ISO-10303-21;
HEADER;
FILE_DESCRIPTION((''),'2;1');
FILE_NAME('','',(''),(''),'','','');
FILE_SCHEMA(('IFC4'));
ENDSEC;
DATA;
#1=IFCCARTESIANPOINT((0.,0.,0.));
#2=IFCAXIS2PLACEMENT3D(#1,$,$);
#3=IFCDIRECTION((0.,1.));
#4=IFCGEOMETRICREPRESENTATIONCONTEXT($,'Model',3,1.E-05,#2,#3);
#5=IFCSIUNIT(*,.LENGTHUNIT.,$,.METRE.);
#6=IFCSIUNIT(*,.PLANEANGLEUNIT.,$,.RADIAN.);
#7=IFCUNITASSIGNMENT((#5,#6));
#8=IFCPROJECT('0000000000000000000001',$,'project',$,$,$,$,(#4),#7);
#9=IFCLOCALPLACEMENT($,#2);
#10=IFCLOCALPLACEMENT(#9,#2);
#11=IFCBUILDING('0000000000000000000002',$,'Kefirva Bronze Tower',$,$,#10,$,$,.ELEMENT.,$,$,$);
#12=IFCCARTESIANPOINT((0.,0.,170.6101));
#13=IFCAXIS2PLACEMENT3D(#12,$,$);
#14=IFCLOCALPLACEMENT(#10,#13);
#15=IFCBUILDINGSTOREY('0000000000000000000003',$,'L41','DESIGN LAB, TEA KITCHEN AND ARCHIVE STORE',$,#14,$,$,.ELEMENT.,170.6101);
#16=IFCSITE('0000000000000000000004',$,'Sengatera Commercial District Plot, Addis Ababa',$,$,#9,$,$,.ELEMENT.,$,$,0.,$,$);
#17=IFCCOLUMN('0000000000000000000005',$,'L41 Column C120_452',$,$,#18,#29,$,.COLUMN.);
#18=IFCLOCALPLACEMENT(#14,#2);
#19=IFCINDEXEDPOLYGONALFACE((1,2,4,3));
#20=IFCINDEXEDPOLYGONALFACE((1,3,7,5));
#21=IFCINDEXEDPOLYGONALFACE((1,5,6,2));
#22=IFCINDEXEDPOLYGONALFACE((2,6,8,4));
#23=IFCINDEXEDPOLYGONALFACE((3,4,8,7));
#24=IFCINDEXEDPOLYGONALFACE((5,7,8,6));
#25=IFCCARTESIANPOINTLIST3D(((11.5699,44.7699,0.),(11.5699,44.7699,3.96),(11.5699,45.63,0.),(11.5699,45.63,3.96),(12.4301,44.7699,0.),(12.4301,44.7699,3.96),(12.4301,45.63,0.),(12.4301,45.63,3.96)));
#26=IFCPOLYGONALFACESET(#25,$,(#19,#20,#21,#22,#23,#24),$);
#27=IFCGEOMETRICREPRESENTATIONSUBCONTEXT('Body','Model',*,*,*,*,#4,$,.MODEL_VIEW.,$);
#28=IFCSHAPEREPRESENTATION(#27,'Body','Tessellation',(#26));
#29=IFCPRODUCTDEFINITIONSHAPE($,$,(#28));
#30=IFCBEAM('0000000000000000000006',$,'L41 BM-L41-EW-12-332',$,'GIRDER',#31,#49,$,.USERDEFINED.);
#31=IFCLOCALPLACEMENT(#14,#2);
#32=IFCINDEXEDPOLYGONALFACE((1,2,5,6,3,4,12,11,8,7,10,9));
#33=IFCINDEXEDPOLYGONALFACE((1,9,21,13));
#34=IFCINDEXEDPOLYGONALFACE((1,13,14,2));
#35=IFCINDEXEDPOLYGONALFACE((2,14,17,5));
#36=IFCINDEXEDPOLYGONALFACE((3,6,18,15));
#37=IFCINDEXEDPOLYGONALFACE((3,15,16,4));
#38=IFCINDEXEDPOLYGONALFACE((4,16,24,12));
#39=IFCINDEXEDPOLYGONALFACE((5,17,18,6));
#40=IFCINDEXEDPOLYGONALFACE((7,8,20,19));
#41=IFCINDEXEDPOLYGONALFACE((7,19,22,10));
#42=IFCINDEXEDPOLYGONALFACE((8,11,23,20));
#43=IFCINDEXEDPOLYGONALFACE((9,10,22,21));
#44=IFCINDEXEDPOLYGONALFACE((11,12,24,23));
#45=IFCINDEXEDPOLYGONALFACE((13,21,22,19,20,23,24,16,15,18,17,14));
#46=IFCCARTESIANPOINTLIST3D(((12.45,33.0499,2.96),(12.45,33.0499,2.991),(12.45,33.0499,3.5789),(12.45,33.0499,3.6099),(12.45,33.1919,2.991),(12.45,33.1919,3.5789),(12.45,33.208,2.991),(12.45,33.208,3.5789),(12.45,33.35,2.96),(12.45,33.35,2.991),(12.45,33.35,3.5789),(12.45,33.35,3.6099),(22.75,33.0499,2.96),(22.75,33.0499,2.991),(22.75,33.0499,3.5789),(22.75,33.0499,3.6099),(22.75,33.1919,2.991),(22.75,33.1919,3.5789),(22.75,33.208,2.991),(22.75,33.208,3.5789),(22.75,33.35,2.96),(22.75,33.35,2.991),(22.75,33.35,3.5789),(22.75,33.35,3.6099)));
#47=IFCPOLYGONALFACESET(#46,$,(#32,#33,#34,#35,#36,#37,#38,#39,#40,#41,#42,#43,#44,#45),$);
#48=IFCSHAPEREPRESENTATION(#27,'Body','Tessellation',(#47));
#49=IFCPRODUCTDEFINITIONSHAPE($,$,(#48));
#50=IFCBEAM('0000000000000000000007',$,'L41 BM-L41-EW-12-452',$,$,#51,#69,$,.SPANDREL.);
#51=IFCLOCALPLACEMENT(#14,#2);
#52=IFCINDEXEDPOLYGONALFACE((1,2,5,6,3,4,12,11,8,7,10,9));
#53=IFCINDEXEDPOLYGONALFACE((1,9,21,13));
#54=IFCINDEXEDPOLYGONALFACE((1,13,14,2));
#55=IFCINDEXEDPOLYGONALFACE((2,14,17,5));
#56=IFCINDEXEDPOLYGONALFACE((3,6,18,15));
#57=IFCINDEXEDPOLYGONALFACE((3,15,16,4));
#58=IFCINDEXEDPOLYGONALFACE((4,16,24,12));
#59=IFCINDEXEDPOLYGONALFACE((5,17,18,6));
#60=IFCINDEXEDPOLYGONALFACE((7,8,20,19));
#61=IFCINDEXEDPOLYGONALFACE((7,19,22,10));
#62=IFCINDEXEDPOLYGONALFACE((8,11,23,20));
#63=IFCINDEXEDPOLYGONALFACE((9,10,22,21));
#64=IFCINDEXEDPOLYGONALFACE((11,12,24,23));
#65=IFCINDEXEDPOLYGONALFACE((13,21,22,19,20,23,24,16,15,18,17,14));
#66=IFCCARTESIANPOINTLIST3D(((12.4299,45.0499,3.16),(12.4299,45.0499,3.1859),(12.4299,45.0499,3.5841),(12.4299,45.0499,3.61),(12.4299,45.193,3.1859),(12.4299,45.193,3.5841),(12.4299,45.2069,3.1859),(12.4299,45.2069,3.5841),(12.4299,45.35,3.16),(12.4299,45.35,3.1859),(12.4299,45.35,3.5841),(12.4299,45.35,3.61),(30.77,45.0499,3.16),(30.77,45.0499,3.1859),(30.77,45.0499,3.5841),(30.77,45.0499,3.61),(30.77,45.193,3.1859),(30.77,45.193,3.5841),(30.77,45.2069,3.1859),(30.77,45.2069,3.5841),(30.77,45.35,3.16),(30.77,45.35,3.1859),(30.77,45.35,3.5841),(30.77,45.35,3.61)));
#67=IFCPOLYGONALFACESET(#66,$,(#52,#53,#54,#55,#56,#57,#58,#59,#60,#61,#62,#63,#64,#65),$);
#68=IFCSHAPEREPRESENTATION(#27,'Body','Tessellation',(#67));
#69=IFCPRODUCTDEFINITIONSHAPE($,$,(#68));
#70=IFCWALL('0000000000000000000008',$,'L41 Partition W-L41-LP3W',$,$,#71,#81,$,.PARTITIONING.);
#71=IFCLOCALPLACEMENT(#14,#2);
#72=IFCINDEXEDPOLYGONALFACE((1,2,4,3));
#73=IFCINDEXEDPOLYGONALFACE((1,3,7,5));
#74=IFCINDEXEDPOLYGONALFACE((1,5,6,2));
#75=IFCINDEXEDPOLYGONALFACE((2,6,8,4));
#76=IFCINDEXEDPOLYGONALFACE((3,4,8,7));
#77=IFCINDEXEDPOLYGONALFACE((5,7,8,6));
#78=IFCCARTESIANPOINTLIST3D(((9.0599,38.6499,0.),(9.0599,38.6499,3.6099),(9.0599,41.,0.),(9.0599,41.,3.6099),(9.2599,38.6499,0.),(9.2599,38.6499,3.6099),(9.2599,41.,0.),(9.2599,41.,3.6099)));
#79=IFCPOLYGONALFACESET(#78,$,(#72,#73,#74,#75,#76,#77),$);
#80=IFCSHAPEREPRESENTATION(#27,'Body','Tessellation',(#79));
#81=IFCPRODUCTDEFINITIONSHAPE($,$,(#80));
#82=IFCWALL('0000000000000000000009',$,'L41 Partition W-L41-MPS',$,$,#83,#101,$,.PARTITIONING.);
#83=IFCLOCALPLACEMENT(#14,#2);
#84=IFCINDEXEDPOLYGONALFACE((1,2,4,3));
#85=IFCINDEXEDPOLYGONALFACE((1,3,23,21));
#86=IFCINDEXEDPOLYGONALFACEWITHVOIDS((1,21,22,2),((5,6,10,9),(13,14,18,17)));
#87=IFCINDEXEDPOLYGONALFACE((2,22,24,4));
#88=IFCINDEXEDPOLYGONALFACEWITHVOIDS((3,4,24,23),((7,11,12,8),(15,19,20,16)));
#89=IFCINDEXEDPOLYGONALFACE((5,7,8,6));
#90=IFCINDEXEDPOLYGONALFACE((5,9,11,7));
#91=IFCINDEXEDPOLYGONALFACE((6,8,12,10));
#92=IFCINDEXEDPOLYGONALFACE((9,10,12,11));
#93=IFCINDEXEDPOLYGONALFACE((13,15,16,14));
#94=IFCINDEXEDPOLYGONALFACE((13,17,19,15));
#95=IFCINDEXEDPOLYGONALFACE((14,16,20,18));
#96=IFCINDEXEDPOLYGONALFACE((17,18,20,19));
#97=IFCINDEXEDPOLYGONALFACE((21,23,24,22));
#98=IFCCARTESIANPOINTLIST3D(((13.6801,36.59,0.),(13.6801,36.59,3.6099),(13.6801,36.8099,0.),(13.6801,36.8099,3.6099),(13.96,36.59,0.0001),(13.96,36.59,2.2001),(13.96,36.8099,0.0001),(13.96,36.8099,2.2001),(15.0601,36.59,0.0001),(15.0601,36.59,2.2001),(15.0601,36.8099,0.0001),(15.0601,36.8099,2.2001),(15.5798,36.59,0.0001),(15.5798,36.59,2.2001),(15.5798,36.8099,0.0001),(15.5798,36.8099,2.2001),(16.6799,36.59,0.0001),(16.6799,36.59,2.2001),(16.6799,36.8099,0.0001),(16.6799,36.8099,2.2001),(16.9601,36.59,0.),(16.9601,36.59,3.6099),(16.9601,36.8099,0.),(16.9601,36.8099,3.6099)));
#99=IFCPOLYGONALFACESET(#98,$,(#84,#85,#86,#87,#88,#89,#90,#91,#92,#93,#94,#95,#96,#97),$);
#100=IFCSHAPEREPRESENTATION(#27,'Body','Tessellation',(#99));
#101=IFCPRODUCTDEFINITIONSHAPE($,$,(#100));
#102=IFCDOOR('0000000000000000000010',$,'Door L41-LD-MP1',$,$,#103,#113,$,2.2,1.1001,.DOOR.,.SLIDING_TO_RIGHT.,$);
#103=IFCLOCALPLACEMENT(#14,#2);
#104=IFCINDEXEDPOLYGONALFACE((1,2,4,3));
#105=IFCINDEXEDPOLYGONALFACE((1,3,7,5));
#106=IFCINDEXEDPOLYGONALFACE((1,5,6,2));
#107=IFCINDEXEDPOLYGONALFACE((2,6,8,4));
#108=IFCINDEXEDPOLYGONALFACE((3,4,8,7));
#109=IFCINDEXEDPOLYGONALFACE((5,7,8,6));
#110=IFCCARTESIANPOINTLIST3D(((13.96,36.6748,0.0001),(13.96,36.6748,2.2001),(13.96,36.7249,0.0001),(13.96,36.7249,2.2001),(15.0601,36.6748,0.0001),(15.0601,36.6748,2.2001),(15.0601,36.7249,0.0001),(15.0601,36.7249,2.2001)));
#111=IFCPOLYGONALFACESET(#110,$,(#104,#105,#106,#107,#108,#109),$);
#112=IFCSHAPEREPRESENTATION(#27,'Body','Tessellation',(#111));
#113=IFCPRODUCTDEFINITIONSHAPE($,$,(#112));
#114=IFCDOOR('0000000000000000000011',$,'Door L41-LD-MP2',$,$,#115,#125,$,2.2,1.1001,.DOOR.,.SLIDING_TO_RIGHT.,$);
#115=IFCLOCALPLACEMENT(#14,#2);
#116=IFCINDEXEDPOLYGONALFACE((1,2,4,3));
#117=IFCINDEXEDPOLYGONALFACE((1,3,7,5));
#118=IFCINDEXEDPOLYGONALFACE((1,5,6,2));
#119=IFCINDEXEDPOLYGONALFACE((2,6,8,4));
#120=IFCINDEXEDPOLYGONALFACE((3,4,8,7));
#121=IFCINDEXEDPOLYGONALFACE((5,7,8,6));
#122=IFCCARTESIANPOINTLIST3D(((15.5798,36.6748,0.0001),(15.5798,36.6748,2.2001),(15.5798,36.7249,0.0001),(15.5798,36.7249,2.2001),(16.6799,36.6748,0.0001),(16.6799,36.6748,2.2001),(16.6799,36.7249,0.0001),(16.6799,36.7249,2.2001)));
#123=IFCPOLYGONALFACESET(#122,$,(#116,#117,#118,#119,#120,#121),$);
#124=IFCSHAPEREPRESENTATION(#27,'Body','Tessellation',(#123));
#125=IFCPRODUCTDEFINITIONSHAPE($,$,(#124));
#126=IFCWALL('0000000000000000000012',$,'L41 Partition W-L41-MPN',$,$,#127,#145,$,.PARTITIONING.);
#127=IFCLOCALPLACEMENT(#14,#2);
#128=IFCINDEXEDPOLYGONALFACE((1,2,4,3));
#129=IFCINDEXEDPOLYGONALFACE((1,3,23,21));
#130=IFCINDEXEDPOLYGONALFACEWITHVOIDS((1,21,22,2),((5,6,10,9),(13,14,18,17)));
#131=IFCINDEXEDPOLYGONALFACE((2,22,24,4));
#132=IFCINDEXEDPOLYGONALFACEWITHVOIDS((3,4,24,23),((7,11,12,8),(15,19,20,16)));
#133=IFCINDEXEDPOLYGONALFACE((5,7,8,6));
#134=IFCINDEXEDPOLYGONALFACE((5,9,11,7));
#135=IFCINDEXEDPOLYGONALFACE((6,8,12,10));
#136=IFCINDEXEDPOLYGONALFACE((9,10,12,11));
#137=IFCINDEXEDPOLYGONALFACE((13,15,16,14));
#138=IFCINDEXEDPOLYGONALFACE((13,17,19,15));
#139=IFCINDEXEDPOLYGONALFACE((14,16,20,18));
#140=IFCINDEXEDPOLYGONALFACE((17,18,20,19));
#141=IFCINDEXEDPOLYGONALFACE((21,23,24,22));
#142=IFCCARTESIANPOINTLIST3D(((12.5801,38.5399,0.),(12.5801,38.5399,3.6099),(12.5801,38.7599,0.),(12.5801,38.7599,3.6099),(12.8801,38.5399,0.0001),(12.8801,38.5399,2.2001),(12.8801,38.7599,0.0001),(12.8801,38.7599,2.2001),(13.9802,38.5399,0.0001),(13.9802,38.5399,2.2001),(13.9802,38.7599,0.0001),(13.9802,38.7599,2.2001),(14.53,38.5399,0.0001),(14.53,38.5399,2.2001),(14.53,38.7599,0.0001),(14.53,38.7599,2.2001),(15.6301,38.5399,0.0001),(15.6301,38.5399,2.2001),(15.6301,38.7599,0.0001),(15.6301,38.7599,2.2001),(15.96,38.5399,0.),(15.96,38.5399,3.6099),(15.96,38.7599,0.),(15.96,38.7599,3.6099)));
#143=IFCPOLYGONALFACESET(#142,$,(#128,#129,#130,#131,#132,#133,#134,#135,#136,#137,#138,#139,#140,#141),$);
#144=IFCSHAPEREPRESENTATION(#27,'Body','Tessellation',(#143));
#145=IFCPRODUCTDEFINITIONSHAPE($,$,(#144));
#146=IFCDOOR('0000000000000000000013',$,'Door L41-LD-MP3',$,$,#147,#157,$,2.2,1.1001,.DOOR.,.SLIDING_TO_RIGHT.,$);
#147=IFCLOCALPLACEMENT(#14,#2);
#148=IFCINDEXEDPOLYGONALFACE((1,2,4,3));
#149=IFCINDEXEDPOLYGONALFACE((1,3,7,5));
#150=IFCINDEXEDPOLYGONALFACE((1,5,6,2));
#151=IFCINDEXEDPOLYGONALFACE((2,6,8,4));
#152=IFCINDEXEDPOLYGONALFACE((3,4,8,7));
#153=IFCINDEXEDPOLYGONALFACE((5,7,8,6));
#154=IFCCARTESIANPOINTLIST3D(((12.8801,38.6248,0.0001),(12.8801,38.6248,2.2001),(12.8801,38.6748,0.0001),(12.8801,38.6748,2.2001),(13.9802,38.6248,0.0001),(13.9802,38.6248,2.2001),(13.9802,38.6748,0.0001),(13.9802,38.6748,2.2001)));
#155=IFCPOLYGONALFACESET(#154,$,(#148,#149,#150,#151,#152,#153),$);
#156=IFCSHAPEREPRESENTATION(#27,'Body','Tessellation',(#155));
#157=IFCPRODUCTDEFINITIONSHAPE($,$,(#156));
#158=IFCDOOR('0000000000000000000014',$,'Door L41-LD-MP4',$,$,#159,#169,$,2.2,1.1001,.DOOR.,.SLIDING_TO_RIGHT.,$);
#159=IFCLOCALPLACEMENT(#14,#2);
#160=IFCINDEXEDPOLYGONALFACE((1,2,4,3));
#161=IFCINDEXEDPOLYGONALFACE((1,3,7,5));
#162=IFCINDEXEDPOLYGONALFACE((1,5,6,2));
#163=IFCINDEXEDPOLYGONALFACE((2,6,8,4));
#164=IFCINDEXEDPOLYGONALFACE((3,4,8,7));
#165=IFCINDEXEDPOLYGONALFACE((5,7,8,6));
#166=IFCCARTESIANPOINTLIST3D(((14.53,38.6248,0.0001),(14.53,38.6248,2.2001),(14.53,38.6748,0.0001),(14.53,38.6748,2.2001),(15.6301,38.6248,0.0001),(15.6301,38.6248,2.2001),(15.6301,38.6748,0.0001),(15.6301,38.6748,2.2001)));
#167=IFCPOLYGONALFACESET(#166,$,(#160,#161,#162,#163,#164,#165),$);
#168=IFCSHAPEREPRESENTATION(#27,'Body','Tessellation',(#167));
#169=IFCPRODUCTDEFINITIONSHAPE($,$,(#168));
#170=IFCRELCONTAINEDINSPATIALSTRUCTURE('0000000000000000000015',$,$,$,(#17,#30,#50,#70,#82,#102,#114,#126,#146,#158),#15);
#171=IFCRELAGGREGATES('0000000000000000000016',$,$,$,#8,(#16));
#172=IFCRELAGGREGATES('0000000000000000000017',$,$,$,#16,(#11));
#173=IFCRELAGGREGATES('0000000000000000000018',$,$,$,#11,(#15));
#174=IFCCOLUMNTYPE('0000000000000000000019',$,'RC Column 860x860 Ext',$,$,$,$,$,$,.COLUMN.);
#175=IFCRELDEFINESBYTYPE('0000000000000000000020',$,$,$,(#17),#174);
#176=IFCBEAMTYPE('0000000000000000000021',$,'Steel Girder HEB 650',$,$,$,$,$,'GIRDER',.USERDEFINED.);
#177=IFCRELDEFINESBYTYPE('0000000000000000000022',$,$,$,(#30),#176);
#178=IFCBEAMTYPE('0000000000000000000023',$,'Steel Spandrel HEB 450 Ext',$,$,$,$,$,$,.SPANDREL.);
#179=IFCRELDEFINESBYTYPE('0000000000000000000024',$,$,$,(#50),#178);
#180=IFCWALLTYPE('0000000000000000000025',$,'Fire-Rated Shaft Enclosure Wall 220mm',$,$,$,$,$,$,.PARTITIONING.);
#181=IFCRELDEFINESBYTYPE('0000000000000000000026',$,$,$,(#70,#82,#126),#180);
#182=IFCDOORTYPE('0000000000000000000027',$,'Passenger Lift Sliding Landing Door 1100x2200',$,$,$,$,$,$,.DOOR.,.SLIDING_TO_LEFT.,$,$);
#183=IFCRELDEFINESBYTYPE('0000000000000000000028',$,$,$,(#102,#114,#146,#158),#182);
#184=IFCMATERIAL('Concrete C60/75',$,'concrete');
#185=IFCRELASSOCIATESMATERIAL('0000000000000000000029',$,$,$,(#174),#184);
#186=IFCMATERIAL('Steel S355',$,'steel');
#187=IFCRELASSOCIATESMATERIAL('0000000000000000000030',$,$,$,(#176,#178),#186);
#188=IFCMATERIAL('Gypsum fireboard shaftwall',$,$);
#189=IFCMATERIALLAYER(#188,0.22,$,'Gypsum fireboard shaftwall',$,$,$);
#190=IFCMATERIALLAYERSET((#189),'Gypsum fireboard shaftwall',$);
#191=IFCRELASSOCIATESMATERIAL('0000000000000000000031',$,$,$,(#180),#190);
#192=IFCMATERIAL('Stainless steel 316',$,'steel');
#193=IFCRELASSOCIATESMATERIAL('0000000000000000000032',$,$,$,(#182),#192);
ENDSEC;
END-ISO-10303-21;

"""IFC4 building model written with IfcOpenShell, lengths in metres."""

from ifc_helpers import new_model, si_unit, direction, frame, frame_2d, origin, origin_2d, place, context, subcontext, project, spatial, rectangle, i_section, extrude, material, layer, layer_set, material_profile, profile_set, type_object, element, fill, save


model = new_model("IFC4")

# Units and contexts
model_context = context("Model", 3, precision=1e-05, world=origin(), true_north=direction((0.0, 1.0)))
body_context = subcontext(model_context, "Body", "Model", "MODEL_VIEW")
ifc_project = project(units=[si_unit("LENGTHUNIT", "METRE"), si_unit("PLANEANGLEUNIT", "RADIAN")], contexts=[model_context])

# Site, building, storey
site_placement = place(None, origin())
site = spatial("IfcSite", under=ifc_project, at=site_placement, Name="Sengatera Commercial District Plot, Addis Ababa", CompositionType="ELEMENT", RefElevation=0.0)
building_placement = place(site_placement, origin())
building = spatial("IfcBuilding", under=site, at=building_placement, Name="Kefirva Bronze Tower", CompositionType="ELEMENT")
storey_placement = place(building_placement, frame((0.0, 0.0, 170.6101)))
storey = spatial("IfcBuildingStorey", under=building, at=storey_placement, Name="L41", Description="DESIGN LAB, TEA KITCHEN AND ARCHIVE STORE", CompositionType="ELEMENT", Elevation=170.6101)

# Column
ifc_material_1 = material(Name="Concrete C60/75", Category="concrete")
ifc_material_profile_1 = material_profile(ifc_material_1, rectangle(XDim=0.8601, YDim=0.8601, at=origin_2d()), Name="RC 860x860")
ifc_profile_set_1 = profile_set([ifc_material_profile_1], Name="Concrete C60/75")
column_type = type_object("IfcColumnType", Name="RC Column 860x860 Ext", PredefinedType="COLUMN", material=ifc_profile_set_1)
column_placement = place(storey_placement, frame((12.0, 45.2, 0.0), z_axis=(0.0, 0.0, 1.0), x_axis=(1.0, 0.0, 0.0)))
element("IfcColumn", 1, at=column_placement, inside=storey, type_object=column_type, Name="L41 Column C120_452", PredefinedType="COLUMN", context=body_context, shape_type="SweptSolid", body=[
    extrude(rectangle(XDim=0.8601, YDim=0.8601, at=origin_2d()), origin(), (0.0, 0.0, 1.0), 3.96),
])

# Beams
ifc_material_2 = material(Name="Steel S355", Category="steel")
ifc_material_profile_2 = material_profile(ifc_material_2, i_section(OverallWidth=0.3, OverallDepth=0.6499, WebThickness=0.0161, FlangeThickness=0.031, at=origin_2d()), Name="HEB 650")
ifc_profile_set_2 = profile_set([ifc_material_profile_2], Name="Steel S355")
beam_type_1 = type_object("IfcBeamType", Name="Steel Girder HEB 650", ElementType="GIRDER", PredefinedType="USERDEFINED", material=ifc_profile_set_2)
beam_1_placement = place(storey_placement, frame((12.45, 33.2, 3.2849), z_axis=(1.0, 0.0, 0.0), x_axis=(0.0, 1.0, 0.0)))
element("IfcBeam", 2, at=beam_1_placement, inside=storey, type_object=beam_type_1, Name="L41 BM-L41-EW-12-332", ObjectType="GIRDER", PredefinedType="USERDEFINED", context=body_context, shape_type="SweptSolid", body=[
    extrude(i_section(OverallWidth=0.3, OverallDepth=0.6499, WebThickness=0.0161, FlangeThickness=0.031, at=origin_2d()), origin(), (0.0, 0.0, 1.0), 10.3),
])
ifc_material_profile_3 = material_profile(ifc_material_2, i_section(OverallWidth=0.3, OverallDepth=0.45, WebThickness=0.0139, FlangeThickness=0.0259, at=origin_2d()), Name="HEB 450")
ifc_profile_set_3 = profile_set([ifc_material_profile_3], Name="Steel S355")
beam_type_2 = type_object("IfcBeamType", Name="Steel Spandrel HEB 450 Ext", PredefinedType="SPANDREL", material=ifc_profile_set_3)
beam_2_placement = place(storey_placement, frame((12.4299, 45.2, 3.385), z_axis=(1.0, 0.0, 0.0), x_axis=(0.0, 1.0, 0.0)))
element("IfcBeam", 3, at=beam_2_placement, inside=storey, type_object=beam_type_2, Name="L41 BM-L41-EW-12-452", PredefinedType="SPANDREL", context=body_context, shape_type="SweptSolid", body=[
    extrude(i_section(OverallWidth=0.3, OverallDepth=0.45, WebThickness=0.0139, FlangeThickness=0.0259, at=origin_2d()), origin(), (0.0, 0.0, 1.0), 18.3401),
])

# Wall
ifc_material_3 = material(Name="Gypsum fireboard shaftwall")
ifc_layer_1 = layer(ifc_material_3, 0.22, Name="Gypsum fireboard shaftwall")
ifc_layer_set_1 = layer_set([ifc_layer_1], Name="Gypsum fireboard shaftwall")
wall_type_1 = type_object("IfcWallType", Name="Fire-Rated Shaft Enclosure Wall 220mm", PredefinedType="PARTITIONING", material=ifc_layer_set_1)
wall_1_placement = place(storey_placement, frame((9.1599, 38.6499, 0.0), z_axis=(0.0, 0.0, 1.0), x_axis=(0.0, 1.0, 0.0)))
element("IfcWall", 4, at=wall_1_placement, inside=storey, type_object=wall_type_1, Name="L41 Partition W-L41-LP3W", PredefinedType="PARTITIONING", context=body_context, shape_type="SweptSolid", body=[
    extrude(rectangle(XDim=2.3501, YDim=0.2, at=frame_2d((1.175, 0.0))), origin(), (0.0, 0.0, 1.0), 3.6099),
])

# Walls, openings, doors
wall_2_placement = place(storey_placement, frame((13.6799, 36.7, 0.0), z_axis=(0.0, 0.0, 1.0), x_axis=(1.0, 0.0, 0.0)))
wall_2 = element("IfcWall", 5, at=wall_2_placement, inside=storey, type_object=wall_type_1, Name="L41 Partition W-L41-MPS", PredefinedType="PARTITIONING", context=body_context, shape_type="SweptSolid", body=[
    extrude(rectangle(XDim=3.28, YDim=0.22, at=frame_2d((1.6401, 0.0))), origin(), (0.0, 0.0, 1.0), 3.6099),
])
opening_1_placement = place(wall_2_placement, frame((0.28, 0.0, 0.0)))
opening_1 = element("IfcOpeningElement", 6, at=opening_1_placement, cuts=wall_2, PredefinedType="OPENING", context=body_context, shape_type="SweptSolid", body=[
    extrude(rectangle(XDim=1.1001, YDim=2.2, at=frame_2d((0.55, 1.1001))), frame((0.0, 0.1201, 0.0), z_axis=(0.0, -1.0, 0.0), x_axis=(1.0, 0.0, 0.0)), (0.0, 0.0, 1.0), 0.24),
])
opening_2_placement = place(wall_2_placement, frame((1.8999, 0.0, 0.0)))
opening_2 = element("IfcOpeningElement", 7, at=opening_2_placement, cuts=wall_2, PredefinedType="OPENING", context=body_context, shape_type="SweptSolid", body=[
    extrude(rectangle(XDim=1.1001, YDim=2.2, at=frame_2d((0.55, 1.1001))), frame((0.0, 0.1201, 0.0), z_axis=(0.0, -1.0, 0.0), x_axis=(1.0, 0.0, 0.0)), (0.0, 0.0, 1.0), 0.24),
])
ifc_material_4 = material(Name="Stainless steel 316", Category="steel")
door_type_1 = type_object("IfcDoorType", Name="Passenger Lift Sliding Landing Door 1100x2200", OperationType="SLIDING_TO_LEFT", PredefinedType="DOOR", material=ifc_material_4)
door_1_placement = place(opening_1_placement, origin())
door_1 = element("IfcDoor", 8, at=door_1_placement, inside=storey, type_object=door_type_1, Name="Door L41-LD-MP1", OperationType="SLIDING_TO_RIGHT", OverallHeight=2.2, OverallWidth=1.1001, PredefinedType="DOOR", context=body_context, shape_type="SweptSolid", body=[
    extrude(rectangle(XDim=1.1001, YDim=2.2, at=frame_2d((0.55, 1.1001))), frame((0.0, 0.0249, 0.0), z_axis=(0.0, -1.0, 0.0), x_axis=(1.0, 0.0, 0.0)), (0.0, 0.0, 1.0), 0.05),
])
fill(opening_1, door_1)
door_2_placement = place(opening_2_placement, origin())
door_2 = element("IfcDoor", 9, at=door_2_placement, inside=storey, type_object=door_type_1, Name="Door L41-LD-MP2", OperationType="SLIDING_TO_RIGHT", OverallHeight=2.2, OverallWidth=1.1001, PredefinedType="DOOR", context=body_context, shape_type="SweptSolid", body=[
    extrude(rectangle(XDim=1.1001, YDim=2.2, at=frame_2d((0.55, 1.1001))), frame((0.0, 0.0249, 0.0), z_axis=(0.0, -1.0, 0.0), x_axis=(1.0, 0.0, 0.0)), (0.0, 0.0, 1.0), 0.05),
])
fill(opening_2, door_2)
wall_3_placement = place(storey_placement, frame((12.5801, 38.6499, 0.0), z_axis=(0.0, 0.0, 1.0), x_axis=(1.0, 0.0, 0.0)))
wall_3 = element("IfcWall", 10, at=wall_3_placement, inside=storey, type_object=wall_type_1, Name="L41 Partition W-L41-MPN", PredefinedType="PARTITIONING", context=body_context, shape_type="SweptSolid", body=[
    extrude(rectangle(XDim=3.3799, YDim=0.22, at=frame_2d((1.6899, 0.0))), origin(), (0.0, 0.0, 1.0), 3.6099),
])
opening_3_placement = place(wall_3_placement, frame((0.3, 0.0, 0.0)))
opening_3 = element("IfcOpeningElement", 11, at=opening_3_placement, cuts=wall_3, PredefinedType="OPENING", context=body_context, shape_type="SweptSolid", body=[
    extrude(rectangle(XDim=1.1001, YDim=2.2, at=frame_2d((0.55, 1.1001))), frame((0.0, 0.1201, 0.0), z_axis=(0.0, -1.0, 0.0), x_axis=(1.0, 0.0, 0.0)), (0.0, 0.0, 1.0), 0.24),
])
opening_4_placement = place(wall_3_placement, frame((1.95, 0.0, 0.0)))
opening_4 = element("IfcOpeningElement", 12, at=opening_4_placement, cuts=wall_3, PredefinedType="OPENING", context=body_context, shape_type="SweptSolid", body=[
    extrude(rectangle(XDim=1.1001, YDim=2.2, at=frame_2d((0.55, 1.1001))), frame((0.0, 0.1201, 0.0), z_axis=(0.0, -1.0, 0.0), x_axis=(1.0, 0.0, 0.0)), (0.0, 0.0, 1.0), 0.24),
])
door_3_placement = place(opening_3_placement, origin())
door_3 = element("IfcDoor", 13, at=door_3_placement, inside=storey, type_object=door_type_1, Name="Door L41-LD-MP3", OperationType="SLIDING_TO_RIGHT", OverallHeight=2.2, OverallWidth=1.1001, PredefinedType="DOOR", context=body_context, shape_type="SweptSolid", body=[
    extrude(rectangle(XDim=1.1001, YDim=2.2, at=frame_2d((0.55, 1.1001))), frame((0.0, 0.0249, 0.0), z_axis=(0.0, -1.0, 0.0), x_axis=(1.0, 0.0, 0.0)), (0.0, 0.0, 1.0), 0.05),
])
fill(opening_3, door_3)
door_4_placement = place(opening_4_placement, origin())
door_4 = element("IfcDoor", 14, at=door_4_placement, inside=storey, type_object=door_type_1, Name="Door L41-LD-MP4", OperationType="SLIDING_TO_RIGHT", OverallHeight=2.2, OverallWidth=1.1001, PredefinedType="DOOR", context=body_context, shape_type="SweptSolid", body=[
    extrude(rectangle(XDim=1.1001, YDim=2.2, at=frame_2d((0.55, 1.1001))), frame((0.0, 0.0249, 0.0), z_axis=(0.0, -1.0, 0.0), x_axis=(1.0, 0.0, 0.0)), (0.0, 0.0, 1.0), 0.05),
])
fill(opening_4, door_4)

save(model, "model.ifc")
